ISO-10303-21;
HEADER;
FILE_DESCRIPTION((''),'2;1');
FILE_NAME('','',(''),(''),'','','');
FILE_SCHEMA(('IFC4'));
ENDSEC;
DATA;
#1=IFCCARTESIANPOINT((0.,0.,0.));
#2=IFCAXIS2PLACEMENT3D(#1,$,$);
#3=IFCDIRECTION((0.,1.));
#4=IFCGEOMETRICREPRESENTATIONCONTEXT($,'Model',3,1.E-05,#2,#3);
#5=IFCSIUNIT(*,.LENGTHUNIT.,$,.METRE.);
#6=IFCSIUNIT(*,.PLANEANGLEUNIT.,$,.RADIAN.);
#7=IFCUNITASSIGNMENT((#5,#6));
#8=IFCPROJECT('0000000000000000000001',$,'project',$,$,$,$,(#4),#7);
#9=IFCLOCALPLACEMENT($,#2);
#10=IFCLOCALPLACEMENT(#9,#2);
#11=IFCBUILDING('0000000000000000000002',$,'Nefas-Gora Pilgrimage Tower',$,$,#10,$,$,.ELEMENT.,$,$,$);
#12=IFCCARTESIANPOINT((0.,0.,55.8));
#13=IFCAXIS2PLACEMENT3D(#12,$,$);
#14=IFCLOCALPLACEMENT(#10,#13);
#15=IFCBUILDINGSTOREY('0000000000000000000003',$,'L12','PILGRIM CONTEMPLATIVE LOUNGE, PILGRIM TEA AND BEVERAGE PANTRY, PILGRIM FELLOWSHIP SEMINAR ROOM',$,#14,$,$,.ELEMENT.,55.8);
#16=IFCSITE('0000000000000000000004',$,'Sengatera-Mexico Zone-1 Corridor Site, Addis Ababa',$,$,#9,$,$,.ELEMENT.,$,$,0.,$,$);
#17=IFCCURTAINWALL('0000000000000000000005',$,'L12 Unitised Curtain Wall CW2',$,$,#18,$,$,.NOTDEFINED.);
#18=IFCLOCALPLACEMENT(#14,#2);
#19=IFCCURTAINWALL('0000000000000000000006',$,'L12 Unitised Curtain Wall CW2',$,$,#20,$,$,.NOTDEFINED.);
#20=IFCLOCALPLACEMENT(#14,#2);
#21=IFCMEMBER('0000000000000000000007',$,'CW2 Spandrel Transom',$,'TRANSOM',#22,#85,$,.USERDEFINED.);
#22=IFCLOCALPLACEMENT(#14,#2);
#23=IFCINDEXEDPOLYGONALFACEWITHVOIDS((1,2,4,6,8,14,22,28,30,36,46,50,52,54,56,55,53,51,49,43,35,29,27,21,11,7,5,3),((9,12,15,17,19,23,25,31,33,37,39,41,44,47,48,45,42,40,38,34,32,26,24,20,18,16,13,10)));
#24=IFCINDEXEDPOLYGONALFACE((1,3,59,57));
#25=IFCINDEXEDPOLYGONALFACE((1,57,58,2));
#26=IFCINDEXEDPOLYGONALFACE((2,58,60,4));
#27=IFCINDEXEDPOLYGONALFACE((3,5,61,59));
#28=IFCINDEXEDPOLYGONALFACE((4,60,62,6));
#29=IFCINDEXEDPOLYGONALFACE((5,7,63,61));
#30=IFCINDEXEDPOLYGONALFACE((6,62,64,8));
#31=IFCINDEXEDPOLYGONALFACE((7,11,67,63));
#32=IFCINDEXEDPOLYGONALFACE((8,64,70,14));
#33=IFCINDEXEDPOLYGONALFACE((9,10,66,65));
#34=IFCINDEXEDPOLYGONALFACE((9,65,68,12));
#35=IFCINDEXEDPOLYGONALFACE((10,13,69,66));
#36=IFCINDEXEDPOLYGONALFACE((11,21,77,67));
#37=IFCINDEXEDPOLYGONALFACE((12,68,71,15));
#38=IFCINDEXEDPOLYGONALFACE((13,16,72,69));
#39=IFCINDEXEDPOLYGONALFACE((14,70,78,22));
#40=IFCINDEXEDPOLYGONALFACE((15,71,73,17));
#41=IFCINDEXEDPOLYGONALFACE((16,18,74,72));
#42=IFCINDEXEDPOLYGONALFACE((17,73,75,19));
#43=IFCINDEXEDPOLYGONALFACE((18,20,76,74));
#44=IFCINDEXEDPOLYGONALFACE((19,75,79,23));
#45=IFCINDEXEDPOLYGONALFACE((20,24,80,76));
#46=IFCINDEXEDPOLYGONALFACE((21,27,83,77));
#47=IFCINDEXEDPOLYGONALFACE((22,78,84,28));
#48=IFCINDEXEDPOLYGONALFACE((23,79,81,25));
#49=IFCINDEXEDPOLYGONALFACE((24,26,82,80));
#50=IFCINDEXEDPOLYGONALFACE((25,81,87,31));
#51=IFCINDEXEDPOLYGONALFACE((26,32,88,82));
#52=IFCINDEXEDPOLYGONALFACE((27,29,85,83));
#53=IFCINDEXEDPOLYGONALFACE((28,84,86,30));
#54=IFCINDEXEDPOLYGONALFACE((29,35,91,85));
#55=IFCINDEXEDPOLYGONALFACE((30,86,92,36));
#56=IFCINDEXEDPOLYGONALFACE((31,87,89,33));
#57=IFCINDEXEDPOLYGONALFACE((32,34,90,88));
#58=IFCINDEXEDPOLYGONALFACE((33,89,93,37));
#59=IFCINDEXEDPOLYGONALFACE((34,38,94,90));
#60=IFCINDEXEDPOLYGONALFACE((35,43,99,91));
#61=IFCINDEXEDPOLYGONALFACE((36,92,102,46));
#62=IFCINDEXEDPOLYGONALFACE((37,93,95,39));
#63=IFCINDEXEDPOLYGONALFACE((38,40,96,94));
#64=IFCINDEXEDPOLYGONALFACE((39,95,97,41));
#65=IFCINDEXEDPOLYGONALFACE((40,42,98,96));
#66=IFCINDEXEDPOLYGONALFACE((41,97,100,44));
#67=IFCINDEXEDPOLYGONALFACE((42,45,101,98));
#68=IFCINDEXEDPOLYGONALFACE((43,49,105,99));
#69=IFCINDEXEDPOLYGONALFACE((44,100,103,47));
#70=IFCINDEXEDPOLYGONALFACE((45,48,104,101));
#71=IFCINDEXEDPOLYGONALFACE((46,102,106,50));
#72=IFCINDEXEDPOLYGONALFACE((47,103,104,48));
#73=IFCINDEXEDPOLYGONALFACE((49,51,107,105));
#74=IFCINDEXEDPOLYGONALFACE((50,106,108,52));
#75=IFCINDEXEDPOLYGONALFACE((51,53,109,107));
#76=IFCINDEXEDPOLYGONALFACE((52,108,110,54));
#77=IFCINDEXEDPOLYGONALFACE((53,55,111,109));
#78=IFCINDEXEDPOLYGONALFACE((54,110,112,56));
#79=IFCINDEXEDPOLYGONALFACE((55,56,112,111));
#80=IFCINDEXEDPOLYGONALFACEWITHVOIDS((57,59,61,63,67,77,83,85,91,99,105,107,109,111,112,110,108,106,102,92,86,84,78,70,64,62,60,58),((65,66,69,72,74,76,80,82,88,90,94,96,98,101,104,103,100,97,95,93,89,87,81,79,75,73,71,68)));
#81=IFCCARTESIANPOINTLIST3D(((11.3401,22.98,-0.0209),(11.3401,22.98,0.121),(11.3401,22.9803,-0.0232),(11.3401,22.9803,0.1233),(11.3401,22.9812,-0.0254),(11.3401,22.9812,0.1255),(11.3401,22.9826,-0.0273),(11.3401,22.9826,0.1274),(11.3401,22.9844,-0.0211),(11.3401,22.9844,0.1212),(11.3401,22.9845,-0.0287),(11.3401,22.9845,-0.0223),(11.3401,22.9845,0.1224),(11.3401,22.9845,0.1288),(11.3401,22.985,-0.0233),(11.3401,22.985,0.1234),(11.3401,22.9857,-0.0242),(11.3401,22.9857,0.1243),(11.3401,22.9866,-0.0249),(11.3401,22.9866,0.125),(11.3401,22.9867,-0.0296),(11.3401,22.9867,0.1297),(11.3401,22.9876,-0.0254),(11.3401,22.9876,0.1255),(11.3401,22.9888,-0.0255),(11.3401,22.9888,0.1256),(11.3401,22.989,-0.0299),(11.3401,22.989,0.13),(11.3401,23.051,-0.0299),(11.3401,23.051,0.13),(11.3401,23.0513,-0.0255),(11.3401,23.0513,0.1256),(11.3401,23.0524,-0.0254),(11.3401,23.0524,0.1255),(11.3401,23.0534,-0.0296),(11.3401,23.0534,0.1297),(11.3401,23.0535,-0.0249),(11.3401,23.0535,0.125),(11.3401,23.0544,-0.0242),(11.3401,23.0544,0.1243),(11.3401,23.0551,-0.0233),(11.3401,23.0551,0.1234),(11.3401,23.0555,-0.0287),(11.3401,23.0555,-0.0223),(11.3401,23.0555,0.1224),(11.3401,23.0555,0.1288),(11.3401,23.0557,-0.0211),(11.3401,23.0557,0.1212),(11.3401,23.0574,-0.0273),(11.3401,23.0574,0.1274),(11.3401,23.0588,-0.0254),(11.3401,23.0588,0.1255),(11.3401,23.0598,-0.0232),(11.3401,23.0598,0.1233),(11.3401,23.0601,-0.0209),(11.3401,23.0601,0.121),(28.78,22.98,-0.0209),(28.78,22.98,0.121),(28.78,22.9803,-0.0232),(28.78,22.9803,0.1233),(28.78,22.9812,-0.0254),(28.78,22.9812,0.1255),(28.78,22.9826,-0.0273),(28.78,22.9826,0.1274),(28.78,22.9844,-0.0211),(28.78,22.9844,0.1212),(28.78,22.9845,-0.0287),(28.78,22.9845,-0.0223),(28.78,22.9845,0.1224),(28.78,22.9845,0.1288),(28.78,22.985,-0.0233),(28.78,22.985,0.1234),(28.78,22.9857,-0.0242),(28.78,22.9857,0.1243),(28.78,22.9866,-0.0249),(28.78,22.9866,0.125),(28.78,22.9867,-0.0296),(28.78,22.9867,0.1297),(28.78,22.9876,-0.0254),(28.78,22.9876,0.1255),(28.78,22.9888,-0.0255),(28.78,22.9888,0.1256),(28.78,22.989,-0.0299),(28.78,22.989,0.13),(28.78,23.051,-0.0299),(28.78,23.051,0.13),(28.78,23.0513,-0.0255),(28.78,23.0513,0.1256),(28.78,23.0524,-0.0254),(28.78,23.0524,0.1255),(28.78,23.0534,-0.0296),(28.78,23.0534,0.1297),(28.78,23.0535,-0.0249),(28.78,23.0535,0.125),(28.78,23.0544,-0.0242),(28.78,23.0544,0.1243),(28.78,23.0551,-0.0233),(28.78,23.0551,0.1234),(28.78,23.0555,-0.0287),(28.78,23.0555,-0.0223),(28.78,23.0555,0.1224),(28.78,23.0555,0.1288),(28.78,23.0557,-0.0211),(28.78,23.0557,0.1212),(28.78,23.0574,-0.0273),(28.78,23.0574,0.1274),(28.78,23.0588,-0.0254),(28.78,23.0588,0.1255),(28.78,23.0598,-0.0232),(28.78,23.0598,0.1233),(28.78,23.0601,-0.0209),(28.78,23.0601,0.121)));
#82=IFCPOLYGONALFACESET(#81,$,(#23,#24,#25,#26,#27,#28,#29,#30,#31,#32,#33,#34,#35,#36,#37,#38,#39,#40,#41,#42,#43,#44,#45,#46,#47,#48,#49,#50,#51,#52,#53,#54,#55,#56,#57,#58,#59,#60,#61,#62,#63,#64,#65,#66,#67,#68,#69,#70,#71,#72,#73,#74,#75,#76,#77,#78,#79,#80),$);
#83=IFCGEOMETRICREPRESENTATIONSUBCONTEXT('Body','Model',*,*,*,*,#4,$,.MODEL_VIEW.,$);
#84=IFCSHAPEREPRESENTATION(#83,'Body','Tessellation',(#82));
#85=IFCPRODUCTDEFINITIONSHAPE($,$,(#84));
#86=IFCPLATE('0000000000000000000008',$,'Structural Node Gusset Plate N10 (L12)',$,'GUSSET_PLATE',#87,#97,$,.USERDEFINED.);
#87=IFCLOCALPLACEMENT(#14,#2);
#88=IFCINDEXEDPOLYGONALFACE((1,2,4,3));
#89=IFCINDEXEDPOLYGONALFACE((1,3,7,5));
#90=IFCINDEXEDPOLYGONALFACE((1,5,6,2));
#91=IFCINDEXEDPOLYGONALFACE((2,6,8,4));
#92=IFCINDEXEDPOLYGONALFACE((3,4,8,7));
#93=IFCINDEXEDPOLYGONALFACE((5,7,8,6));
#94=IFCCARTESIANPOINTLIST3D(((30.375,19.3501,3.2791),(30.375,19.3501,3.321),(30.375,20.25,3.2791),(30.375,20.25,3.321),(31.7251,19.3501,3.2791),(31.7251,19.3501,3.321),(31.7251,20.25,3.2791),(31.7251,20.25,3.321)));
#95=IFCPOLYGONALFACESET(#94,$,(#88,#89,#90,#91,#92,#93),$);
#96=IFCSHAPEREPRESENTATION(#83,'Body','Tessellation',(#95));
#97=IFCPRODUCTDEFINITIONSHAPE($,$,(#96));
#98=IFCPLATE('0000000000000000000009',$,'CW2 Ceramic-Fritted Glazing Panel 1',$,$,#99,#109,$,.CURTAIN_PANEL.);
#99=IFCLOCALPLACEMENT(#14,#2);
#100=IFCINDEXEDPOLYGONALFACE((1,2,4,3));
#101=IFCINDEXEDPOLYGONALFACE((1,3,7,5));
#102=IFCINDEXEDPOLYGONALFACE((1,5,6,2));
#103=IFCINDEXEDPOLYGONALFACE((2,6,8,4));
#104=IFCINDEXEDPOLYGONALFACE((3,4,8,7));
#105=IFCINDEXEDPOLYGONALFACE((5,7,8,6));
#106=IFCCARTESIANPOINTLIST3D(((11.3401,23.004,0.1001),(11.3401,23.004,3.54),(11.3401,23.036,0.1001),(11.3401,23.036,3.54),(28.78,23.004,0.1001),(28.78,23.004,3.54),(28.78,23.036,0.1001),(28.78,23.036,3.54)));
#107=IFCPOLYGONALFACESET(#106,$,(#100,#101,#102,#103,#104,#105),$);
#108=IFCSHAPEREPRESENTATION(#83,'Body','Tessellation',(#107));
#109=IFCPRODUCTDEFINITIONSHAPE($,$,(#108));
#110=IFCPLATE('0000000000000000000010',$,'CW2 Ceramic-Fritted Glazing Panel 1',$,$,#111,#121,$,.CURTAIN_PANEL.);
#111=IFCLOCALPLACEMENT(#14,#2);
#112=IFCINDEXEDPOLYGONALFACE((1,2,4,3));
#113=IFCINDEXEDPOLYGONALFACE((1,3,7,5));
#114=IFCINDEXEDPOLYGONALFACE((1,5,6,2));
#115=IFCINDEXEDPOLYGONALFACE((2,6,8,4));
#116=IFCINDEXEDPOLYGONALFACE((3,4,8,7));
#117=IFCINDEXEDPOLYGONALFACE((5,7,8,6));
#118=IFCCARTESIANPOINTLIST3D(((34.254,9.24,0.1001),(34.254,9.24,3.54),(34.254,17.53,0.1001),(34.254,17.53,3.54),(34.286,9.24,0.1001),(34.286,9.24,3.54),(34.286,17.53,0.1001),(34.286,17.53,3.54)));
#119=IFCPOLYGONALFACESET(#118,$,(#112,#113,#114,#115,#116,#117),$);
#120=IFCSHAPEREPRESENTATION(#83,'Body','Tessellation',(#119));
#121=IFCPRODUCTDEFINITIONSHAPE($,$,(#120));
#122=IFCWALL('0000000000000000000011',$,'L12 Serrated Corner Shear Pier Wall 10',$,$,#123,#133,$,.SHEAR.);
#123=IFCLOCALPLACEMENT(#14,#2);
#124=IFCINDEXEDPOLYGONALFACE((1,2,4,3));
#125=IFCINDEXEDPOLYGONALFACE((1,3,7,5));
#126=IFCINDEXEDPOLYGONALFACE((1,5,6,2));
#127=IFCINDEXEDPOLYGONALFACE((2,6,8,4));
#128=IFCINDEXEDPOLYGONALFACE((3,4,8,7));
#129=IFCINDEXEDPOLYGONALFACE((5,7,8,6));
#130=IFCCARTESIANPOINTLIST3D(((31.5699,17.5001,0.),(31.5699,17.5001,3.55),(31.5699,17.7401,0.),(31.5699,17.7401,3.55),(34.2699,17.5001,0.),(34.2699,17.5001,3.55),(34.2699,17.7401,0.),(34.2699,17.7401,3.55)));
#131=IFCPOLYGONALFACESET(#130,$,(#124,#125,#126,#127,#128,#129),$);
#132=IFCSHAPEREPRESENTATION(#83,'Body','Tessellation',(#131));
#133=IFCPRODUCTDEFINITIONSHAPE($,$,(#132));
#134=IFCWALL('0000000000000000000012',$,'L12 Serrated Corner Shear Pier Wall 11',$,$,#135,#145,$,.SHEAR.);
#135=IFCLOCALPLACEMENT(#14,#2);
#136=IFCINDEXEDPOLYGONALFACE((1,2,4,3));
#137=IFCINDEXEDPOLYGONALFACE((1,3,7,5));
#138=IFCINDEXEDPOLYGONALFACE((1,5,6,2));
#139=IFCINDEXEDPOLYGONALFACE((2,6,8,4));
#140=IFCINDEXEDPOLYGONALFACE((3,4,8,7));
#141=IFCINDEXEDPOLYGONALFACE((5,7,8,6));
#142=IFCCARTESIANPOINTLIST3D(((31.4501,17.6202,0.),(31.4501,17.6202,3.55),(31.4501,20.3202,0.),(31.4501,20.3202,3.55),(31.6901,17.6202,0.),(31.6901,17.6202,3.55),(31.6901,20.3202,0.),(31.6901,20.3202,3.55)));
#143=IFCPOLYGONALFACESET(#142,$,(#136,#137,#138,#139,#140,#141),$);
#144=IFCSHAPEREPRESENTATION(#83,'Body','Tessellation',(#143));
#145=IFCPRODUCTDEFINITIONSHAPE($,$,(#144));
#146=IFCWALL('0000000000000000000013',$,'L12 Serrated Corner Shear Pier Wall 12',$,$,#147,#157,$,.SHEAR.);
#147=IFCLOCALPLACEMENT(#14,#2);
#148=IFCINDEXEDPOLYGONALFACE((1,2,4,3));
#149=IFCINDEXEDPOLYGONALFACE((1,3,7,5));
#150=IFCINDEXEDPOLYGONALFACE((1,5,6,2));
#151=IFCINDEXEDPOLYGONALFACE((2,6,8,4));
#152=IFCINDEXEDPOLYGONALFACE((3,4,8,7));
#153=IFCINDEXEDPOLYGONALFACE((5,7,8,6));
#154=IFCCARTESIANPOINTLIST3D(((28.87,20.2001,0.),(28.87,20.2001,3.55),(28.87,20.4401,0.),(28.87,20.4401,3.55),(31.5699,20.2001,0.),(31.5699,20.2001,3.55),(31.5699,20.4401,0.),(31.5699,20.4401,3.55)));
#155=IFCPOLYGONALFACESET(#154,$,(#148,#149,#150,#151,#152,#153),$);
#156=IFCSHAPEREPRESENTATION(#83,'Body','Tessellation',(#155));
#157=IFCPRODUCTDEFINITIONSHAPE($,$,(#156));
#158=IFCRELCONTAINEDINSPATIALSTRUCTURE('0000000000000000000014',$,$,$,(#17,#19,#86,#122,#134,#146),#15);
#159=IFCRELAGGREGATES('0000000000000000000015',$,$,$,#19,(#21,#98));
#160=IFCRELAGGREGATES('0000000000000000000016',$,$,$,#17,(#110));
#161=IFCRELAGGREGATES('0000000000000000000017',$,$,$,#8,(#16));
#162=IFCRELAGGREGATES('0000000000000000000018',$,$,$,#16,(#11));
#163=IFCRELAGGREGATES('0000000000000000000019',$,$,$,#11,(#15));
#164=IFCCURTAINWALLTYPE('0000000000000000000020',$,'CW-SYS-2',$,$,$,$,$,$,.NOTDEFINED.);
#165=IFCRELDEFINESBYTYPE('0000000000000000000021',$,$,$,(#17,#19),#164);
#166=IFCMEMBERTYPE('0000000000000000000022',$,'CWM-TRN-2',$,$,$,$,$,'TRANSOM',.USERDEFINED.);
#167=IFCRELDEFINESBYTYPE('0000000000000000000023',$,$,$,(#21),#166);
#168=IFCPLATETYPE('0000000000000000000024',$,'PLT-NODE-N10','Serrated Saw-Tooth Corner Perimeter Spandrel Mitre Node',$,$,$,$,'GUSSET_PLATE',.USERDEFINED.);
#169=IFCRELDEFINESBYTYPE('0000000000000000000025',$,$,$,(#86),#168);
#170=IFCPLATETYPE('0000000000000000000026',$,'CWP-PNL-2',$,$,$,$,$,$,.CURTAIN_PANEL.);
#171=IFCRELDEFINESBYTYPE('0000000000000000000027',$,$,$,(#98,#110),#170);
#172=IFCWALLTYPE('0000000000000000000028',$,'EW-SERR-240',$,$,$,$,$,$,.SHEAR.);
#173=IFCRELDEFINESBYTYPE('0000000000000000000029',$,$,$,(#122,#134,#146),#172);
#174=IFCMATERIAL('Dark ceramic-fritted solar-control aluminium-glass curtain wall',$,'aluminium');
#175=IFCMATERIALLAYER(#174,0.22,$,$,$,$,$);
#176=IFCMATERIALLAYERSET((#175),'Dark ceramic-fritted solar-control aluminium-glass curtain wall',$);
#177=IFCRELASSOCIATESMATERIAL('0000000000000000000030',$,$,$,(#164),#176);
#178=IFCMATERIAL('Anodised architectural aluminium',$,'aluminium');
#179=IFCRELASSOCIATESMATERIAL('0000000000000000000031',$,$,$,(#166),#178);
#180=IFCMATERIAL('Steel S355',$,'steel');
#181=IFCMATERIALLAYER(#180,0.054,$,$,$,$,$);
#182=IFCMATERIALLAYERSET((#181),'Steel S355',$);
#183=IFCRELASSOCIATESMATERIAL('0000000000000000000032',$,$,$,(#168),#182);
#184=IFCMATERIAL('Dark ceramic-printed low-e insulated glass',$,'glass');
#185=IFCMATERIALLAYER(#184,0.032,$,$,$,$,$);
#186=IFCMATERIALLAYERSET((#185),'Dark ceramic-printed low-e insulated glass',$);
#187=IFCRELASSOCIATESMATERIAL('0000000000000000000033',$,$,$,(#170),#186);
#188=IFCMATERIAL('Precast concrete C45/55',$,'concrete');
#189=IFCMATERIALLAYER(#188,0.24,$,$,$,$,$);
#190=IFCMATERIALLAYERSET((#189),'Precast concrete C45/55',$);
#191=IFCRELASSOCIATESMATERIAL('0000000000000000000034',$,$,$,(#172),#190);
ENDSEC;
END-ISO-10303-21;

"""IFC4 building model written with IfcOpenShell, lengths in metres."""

from ifc_helpers import new_model, si_unit, direction, frame, frame_2d, origin, origin_2d, place, context, subcontext, project, spatial, rectangle, hollow_rectangle, extrude, source, transform, mapped, material, layer, layer_set, material_profile, profile_set, type_object, element, aggregate, save


model = new_model("IFC4")

# Units and contexts
model_context = context("Model", 3, precision=1e-05, world=origin(), true_north=direction((0.0, 1.0)))
body_context = subcontext(model_context, "Body", "Model", "MODEL_VIEW")
ifc_project = project(units=[si_unit("LENGTHUNIT", "METRE"), si_unit("PLANEANGLEUNIT", "RADIAN")], contexts=[model_context])

# Site, building, storey
site_placement = place(None, origin())
site = spatial("IfcSite", under=ifc_project, at=site_placement, Name="Sengatera-Mexico Zone-1 Corridor Site, Addis Ababa", CompositionType="ELEMENT", RefElevation=0.0)
building_placement = place(site_placement, origin())
building = spatial("IfcBuilding", under=site, at=building_placement, Name="Nefas-Gora Pilgrimage Tower", CompositionType="ELEMENT")
storey_placement = place(building_placement, frame((0.0, 0.0, 55.8)))
storey = spatial("IfcBuildingStorey", under=building, at=storey_placement, Name="L12", Description="PILGRIM CONTEMPLATIVE LOUNGE, PILGRIM TEA AND BEVERAGE PANTRY, PILGRIM FELLOWSHIP SEMINAR ROOM", CompositionType="ELEMENT", Elevation=55.8)

# Shared definitions
ifc_material_1 = material(Name="Steel S355", Category="steel")

# Curtain wall
ifc_material_2 = material(Name="Dark ceramic-fritted solar-control aluminium-glass curtain wall", Category="aluminium")
ifc_layer_1 = layer(ifc_material_2, 0.22)
ifc_layer_set_1 = layer_set([ifc_layer_1], Name="Dark ceramic-fritted solar-control aluminium-glass curtain wall")
curtain_wall_type = type_object("IfcCurtainWallType", Name="CW-SYS-2", PredefinedType="NOTDEFINED", material=ifc_layer_set_1)
curtain_wall_1_placement = place(storey_placement, origin())
curtain_wall_1 = element("IfcCurtainWall", 1, at=curtain_wall_1_placement, inside=storey, type_object=curtain_wall_type, Name="L12 Unitised Curtain Wall CW2", PredefinedType="NOTDEFINED")
ifc_material_3 = material(Name="Anodised architectural aluminium", Category="aluminium")

# Curtain wall, member
curtain_wall_2_placement = place(storey_placement, origin())
curtain_wall_2 = element("IfcCurtainWall", 2, at=curtain_wall_2_placement, inside=storey, type_object=curtain_wall_type, Name="L12 Unitised Curtain Wall CW2", PredefinedType="NOTDEFINED")
ifc_material_profile_1 = material_profile(ifc_material_3, hollow_rectangle(XDim=0.0801, YDim=0.1599, WallThickness=0.0044, InnerFilletRadius=0.0044, OuterFilletRadius=0.009, at=origin_2d()), Name="ALU TRANSOM 80x160")
ifc_profile_set_1 = profile_set([ifc_material_profile_1], Name="Anodised architectural aluminium")
member_type_1 = type_object("IfcMemberType", Name="CWM-TRN-2", ElementType="TRANSOM", PredefinedType="USERDEFINED", material=ifc_profile_set_1)
shared_shape_1 = source(origin(), body_context, "Body", "SweptSolid", [
    extrude(hollow_rectangle(XDim=0.0801, YDim=0.1599, WallThickness=0.0044, InnerFilletRadius=0.0044, OuterFilletRadius=0.009, at=origin_2d()), origin(), (0.0, 0.0, 1.0), 17.4399),
])
member_1_placement = place(storey_placement, frame((28.78, 23.02, 0.05), z_axis=(-1.0, 0.0, 0.0), x_axis=(0.0, -1.0, 0.0)))
member_1 = element("IfcMember", 3, at=member_1_placement, type_object=member_type_1, Name="CW2 Spandrel Transom", ObjectType="TRANSOM", PredefinedType="USERDEFINED", context=body_context, shape_type="MappedRepresentation", body=[
    mapped(shared_shape_1, transform((0.0, 0.0, 0.0), x_axis=(1.0, 0.0, 0.0), y_axis=(0.0, 1.0, 0.0), z_axis=(0.0, 0.0, 1.0), scale=1.0)),
])

# Plates
ifc_layer_2 = layer(ifc_material_1, 0.054)
ifc_layer_set_2 = layer_set([ifc_layer_2], Name="Steel S355")
plate_type_1 = type_object("IfcPlateType", Name="PLT-NODE-N10", Description="Serrated Saw-Tooth Corner Perimeter Spandrel Mitre Node", ElementType="GUSSET_PLATE", PredefinedType="USERDEFINED", material=ifc_layer_set_2)
shared_shape_2 = source(origin(), body_context, "Body", "SweptSolid", [
    extrude(rectangle(XDim=1.3501, YDim=0.8999, at=origin_2d()), origin(), (0.0, 0.0, 1.0), 0.042),
])
plate_1_placement = place(storey_placement, frame((31.05, 19.8, 3.2791), z_axis=(0.0, 0.0, 1.0), x_axis=(1.0, 0.0, 0.0)))
element("IfcPlate", 4, at=plate_1_placement, inside=storey, type_object=plate_type_1, Name="Structural Node Gusset Plate N10 (L12)", ObjectType="GUSSET_PLATE", PredefinedType="USERDEFINED", context=body_context, shape_type="MappedRepresentation", body=[
    mapped(shared_shape_2, transform((0.0, 0.0, 0.0), x_axis=(1.0, 0.0, 0.0), y_axis=(0.0, 1.0, 0.0), z_axis=(0.0, 0.0, 1.0), scale=1.0)),
])
ifc_material_4 = material(Name="Dark ceramic-printed low-e insulated glass", Category="glass")
ifc_layer_3 = layer(ifc_material_4, 0.032)
ifc_layer_set_3 = layer_set([ifc_layer_3], Name="Dark ceramic-printed low-e insulated glass")
plate_type_2 = type_object("IfcPlateType", Name="CWP-PNL-2", PredefinedType="CURTAIN_PANEL", material=ifc_layer_set_3)
shared_shape_3 = source(origin(), body_context, "Body", "SweptSolid", [
    extrude(rectangle(XDim=17.4399, YDim=0.032, at=origin_2d()), origin(), (0.0, 0.0, 1.0), 3.4399),
])
plate_2_placement = place(storey_placement, frame((20.0601, 23.02, 0.1001), z_axis=(0.0, 0.0, 1.0), x_axis=(-1.0, 0.0, 0.0)))
plate_2 = element("IfcPlate", 5, at=plate_2_placement, type_object=plate_type_2, Name="CW2 Ceramic-Fritted Glazing Panel 1", PredefinedType="CURTAIN_PANEL", context=body_context, shape_type="MappedRepresentation", body=[
    mapped(shared_shape_3, transform((0.0, 0.0, 0.0), x_axis=(1.0, 0.0, 0.0), y_axis=(0.0, 1.0, 0.0), z_axis=(0.0, 0.0, 1.0), scale=1.0)),
])
aggregate(curtain_wall_2, [member_1, plate_2])
shared_shape_4 = source(origin(), body_context, "Body", "SweptSolid", [
    extrude(rectangle(XDim=8.29, YDim=0.032, at=origin_2d()), origin(), (0.0, 0.0, 1.0), 3.4399),
])
plate_3_placement = place(storey_placement, frame((34.27, 13.385, 0.1001), z_axis=(0.0, 0.0, 1.0), x_axis=(0.0, 1.0, 0.0)))
plate_3 = element("IfcPlate", 6, at=plate_3_placement, type_object=plate_type_2, Name="CW2 Ceramic-Fritted Glazing Panel 1", PredefinedType="CURTAIN_PANEL", context=body_context, shape_type="MappedRepresentation", body=[
    mapped(shared_shape_4, transform((0.0, 0.0, 0.0), x_axis=(1.0, 0.0, 0.0), y_axis=(0.0, 1.0, 0.0), z_axis=(0.0, 0.0, 1.0), scale=1.0)),
])
aggregate(curtain_wall_1, [plate_3])

# Walls
ifc_material_5 = material(Name="Precast concrete C45/55", Category="concrete")
ifc_layer_4 = layer(ifc_material_5, 0.24)
ifc_layer_set_4 = layer_set([ifc_layer_4], Name="Precast concrete C45/55")
wall_type = type_object("IfcWallType", Name="EW-SERR-240", PredefinedType="SHEAR", material=ifc_layer_set_4)
shared_shape_5 = source(origin(), body_context, "Body", "SweptSolid", [
    extrude(rectangle(XDim=2.7, YDim=0.24, at=frame_2d((1.3501, 0.0))), origin(), (0.0, 0.0, 1.0), 3.55),
])
for number, where, z_axis, x_axis, name in (
    (7, (34.27, 17.6201, 0.0), (0.0, 0.0, 1.0), (-1.0, 0.0, 0.0), "L12 Serrated Corner Shear Pier Wall 10"),
    (8, (31.5701, 17.6201, 0.0), (0.0, 0.0, 1.0), (0.0, 1.0, 0.0), "L12 Serrated Corner Shear Pier Wall 11"),
    (9, (31.5701, 20.3201, 0.0), (0.0, 0.0, 1.0), (-1.0, 0.0, 0.0), "L12 Serrated Corner Shear Pier Wall 12"),
):
    element("IfcWall", number, at=place(storey_placement, frame(where, z_axis=z_axis, x_axis=x_axis)), inside=storey, type_object=wall_type, Name=name, PredefinedType="SHEAR", context=body_context, shape_type="MappedRepresentation", body=[
        mapped(shared_shape_5, transform((0.0, 0.0, 0.0), x_axis=(1.0, 0.0, 0.0), y_axis=(0.0, 1.0, 0.0), z_axis=(0.0, 0.0, 1.0), scale=1.0)),
    ])

save(model, "model.ifc")
